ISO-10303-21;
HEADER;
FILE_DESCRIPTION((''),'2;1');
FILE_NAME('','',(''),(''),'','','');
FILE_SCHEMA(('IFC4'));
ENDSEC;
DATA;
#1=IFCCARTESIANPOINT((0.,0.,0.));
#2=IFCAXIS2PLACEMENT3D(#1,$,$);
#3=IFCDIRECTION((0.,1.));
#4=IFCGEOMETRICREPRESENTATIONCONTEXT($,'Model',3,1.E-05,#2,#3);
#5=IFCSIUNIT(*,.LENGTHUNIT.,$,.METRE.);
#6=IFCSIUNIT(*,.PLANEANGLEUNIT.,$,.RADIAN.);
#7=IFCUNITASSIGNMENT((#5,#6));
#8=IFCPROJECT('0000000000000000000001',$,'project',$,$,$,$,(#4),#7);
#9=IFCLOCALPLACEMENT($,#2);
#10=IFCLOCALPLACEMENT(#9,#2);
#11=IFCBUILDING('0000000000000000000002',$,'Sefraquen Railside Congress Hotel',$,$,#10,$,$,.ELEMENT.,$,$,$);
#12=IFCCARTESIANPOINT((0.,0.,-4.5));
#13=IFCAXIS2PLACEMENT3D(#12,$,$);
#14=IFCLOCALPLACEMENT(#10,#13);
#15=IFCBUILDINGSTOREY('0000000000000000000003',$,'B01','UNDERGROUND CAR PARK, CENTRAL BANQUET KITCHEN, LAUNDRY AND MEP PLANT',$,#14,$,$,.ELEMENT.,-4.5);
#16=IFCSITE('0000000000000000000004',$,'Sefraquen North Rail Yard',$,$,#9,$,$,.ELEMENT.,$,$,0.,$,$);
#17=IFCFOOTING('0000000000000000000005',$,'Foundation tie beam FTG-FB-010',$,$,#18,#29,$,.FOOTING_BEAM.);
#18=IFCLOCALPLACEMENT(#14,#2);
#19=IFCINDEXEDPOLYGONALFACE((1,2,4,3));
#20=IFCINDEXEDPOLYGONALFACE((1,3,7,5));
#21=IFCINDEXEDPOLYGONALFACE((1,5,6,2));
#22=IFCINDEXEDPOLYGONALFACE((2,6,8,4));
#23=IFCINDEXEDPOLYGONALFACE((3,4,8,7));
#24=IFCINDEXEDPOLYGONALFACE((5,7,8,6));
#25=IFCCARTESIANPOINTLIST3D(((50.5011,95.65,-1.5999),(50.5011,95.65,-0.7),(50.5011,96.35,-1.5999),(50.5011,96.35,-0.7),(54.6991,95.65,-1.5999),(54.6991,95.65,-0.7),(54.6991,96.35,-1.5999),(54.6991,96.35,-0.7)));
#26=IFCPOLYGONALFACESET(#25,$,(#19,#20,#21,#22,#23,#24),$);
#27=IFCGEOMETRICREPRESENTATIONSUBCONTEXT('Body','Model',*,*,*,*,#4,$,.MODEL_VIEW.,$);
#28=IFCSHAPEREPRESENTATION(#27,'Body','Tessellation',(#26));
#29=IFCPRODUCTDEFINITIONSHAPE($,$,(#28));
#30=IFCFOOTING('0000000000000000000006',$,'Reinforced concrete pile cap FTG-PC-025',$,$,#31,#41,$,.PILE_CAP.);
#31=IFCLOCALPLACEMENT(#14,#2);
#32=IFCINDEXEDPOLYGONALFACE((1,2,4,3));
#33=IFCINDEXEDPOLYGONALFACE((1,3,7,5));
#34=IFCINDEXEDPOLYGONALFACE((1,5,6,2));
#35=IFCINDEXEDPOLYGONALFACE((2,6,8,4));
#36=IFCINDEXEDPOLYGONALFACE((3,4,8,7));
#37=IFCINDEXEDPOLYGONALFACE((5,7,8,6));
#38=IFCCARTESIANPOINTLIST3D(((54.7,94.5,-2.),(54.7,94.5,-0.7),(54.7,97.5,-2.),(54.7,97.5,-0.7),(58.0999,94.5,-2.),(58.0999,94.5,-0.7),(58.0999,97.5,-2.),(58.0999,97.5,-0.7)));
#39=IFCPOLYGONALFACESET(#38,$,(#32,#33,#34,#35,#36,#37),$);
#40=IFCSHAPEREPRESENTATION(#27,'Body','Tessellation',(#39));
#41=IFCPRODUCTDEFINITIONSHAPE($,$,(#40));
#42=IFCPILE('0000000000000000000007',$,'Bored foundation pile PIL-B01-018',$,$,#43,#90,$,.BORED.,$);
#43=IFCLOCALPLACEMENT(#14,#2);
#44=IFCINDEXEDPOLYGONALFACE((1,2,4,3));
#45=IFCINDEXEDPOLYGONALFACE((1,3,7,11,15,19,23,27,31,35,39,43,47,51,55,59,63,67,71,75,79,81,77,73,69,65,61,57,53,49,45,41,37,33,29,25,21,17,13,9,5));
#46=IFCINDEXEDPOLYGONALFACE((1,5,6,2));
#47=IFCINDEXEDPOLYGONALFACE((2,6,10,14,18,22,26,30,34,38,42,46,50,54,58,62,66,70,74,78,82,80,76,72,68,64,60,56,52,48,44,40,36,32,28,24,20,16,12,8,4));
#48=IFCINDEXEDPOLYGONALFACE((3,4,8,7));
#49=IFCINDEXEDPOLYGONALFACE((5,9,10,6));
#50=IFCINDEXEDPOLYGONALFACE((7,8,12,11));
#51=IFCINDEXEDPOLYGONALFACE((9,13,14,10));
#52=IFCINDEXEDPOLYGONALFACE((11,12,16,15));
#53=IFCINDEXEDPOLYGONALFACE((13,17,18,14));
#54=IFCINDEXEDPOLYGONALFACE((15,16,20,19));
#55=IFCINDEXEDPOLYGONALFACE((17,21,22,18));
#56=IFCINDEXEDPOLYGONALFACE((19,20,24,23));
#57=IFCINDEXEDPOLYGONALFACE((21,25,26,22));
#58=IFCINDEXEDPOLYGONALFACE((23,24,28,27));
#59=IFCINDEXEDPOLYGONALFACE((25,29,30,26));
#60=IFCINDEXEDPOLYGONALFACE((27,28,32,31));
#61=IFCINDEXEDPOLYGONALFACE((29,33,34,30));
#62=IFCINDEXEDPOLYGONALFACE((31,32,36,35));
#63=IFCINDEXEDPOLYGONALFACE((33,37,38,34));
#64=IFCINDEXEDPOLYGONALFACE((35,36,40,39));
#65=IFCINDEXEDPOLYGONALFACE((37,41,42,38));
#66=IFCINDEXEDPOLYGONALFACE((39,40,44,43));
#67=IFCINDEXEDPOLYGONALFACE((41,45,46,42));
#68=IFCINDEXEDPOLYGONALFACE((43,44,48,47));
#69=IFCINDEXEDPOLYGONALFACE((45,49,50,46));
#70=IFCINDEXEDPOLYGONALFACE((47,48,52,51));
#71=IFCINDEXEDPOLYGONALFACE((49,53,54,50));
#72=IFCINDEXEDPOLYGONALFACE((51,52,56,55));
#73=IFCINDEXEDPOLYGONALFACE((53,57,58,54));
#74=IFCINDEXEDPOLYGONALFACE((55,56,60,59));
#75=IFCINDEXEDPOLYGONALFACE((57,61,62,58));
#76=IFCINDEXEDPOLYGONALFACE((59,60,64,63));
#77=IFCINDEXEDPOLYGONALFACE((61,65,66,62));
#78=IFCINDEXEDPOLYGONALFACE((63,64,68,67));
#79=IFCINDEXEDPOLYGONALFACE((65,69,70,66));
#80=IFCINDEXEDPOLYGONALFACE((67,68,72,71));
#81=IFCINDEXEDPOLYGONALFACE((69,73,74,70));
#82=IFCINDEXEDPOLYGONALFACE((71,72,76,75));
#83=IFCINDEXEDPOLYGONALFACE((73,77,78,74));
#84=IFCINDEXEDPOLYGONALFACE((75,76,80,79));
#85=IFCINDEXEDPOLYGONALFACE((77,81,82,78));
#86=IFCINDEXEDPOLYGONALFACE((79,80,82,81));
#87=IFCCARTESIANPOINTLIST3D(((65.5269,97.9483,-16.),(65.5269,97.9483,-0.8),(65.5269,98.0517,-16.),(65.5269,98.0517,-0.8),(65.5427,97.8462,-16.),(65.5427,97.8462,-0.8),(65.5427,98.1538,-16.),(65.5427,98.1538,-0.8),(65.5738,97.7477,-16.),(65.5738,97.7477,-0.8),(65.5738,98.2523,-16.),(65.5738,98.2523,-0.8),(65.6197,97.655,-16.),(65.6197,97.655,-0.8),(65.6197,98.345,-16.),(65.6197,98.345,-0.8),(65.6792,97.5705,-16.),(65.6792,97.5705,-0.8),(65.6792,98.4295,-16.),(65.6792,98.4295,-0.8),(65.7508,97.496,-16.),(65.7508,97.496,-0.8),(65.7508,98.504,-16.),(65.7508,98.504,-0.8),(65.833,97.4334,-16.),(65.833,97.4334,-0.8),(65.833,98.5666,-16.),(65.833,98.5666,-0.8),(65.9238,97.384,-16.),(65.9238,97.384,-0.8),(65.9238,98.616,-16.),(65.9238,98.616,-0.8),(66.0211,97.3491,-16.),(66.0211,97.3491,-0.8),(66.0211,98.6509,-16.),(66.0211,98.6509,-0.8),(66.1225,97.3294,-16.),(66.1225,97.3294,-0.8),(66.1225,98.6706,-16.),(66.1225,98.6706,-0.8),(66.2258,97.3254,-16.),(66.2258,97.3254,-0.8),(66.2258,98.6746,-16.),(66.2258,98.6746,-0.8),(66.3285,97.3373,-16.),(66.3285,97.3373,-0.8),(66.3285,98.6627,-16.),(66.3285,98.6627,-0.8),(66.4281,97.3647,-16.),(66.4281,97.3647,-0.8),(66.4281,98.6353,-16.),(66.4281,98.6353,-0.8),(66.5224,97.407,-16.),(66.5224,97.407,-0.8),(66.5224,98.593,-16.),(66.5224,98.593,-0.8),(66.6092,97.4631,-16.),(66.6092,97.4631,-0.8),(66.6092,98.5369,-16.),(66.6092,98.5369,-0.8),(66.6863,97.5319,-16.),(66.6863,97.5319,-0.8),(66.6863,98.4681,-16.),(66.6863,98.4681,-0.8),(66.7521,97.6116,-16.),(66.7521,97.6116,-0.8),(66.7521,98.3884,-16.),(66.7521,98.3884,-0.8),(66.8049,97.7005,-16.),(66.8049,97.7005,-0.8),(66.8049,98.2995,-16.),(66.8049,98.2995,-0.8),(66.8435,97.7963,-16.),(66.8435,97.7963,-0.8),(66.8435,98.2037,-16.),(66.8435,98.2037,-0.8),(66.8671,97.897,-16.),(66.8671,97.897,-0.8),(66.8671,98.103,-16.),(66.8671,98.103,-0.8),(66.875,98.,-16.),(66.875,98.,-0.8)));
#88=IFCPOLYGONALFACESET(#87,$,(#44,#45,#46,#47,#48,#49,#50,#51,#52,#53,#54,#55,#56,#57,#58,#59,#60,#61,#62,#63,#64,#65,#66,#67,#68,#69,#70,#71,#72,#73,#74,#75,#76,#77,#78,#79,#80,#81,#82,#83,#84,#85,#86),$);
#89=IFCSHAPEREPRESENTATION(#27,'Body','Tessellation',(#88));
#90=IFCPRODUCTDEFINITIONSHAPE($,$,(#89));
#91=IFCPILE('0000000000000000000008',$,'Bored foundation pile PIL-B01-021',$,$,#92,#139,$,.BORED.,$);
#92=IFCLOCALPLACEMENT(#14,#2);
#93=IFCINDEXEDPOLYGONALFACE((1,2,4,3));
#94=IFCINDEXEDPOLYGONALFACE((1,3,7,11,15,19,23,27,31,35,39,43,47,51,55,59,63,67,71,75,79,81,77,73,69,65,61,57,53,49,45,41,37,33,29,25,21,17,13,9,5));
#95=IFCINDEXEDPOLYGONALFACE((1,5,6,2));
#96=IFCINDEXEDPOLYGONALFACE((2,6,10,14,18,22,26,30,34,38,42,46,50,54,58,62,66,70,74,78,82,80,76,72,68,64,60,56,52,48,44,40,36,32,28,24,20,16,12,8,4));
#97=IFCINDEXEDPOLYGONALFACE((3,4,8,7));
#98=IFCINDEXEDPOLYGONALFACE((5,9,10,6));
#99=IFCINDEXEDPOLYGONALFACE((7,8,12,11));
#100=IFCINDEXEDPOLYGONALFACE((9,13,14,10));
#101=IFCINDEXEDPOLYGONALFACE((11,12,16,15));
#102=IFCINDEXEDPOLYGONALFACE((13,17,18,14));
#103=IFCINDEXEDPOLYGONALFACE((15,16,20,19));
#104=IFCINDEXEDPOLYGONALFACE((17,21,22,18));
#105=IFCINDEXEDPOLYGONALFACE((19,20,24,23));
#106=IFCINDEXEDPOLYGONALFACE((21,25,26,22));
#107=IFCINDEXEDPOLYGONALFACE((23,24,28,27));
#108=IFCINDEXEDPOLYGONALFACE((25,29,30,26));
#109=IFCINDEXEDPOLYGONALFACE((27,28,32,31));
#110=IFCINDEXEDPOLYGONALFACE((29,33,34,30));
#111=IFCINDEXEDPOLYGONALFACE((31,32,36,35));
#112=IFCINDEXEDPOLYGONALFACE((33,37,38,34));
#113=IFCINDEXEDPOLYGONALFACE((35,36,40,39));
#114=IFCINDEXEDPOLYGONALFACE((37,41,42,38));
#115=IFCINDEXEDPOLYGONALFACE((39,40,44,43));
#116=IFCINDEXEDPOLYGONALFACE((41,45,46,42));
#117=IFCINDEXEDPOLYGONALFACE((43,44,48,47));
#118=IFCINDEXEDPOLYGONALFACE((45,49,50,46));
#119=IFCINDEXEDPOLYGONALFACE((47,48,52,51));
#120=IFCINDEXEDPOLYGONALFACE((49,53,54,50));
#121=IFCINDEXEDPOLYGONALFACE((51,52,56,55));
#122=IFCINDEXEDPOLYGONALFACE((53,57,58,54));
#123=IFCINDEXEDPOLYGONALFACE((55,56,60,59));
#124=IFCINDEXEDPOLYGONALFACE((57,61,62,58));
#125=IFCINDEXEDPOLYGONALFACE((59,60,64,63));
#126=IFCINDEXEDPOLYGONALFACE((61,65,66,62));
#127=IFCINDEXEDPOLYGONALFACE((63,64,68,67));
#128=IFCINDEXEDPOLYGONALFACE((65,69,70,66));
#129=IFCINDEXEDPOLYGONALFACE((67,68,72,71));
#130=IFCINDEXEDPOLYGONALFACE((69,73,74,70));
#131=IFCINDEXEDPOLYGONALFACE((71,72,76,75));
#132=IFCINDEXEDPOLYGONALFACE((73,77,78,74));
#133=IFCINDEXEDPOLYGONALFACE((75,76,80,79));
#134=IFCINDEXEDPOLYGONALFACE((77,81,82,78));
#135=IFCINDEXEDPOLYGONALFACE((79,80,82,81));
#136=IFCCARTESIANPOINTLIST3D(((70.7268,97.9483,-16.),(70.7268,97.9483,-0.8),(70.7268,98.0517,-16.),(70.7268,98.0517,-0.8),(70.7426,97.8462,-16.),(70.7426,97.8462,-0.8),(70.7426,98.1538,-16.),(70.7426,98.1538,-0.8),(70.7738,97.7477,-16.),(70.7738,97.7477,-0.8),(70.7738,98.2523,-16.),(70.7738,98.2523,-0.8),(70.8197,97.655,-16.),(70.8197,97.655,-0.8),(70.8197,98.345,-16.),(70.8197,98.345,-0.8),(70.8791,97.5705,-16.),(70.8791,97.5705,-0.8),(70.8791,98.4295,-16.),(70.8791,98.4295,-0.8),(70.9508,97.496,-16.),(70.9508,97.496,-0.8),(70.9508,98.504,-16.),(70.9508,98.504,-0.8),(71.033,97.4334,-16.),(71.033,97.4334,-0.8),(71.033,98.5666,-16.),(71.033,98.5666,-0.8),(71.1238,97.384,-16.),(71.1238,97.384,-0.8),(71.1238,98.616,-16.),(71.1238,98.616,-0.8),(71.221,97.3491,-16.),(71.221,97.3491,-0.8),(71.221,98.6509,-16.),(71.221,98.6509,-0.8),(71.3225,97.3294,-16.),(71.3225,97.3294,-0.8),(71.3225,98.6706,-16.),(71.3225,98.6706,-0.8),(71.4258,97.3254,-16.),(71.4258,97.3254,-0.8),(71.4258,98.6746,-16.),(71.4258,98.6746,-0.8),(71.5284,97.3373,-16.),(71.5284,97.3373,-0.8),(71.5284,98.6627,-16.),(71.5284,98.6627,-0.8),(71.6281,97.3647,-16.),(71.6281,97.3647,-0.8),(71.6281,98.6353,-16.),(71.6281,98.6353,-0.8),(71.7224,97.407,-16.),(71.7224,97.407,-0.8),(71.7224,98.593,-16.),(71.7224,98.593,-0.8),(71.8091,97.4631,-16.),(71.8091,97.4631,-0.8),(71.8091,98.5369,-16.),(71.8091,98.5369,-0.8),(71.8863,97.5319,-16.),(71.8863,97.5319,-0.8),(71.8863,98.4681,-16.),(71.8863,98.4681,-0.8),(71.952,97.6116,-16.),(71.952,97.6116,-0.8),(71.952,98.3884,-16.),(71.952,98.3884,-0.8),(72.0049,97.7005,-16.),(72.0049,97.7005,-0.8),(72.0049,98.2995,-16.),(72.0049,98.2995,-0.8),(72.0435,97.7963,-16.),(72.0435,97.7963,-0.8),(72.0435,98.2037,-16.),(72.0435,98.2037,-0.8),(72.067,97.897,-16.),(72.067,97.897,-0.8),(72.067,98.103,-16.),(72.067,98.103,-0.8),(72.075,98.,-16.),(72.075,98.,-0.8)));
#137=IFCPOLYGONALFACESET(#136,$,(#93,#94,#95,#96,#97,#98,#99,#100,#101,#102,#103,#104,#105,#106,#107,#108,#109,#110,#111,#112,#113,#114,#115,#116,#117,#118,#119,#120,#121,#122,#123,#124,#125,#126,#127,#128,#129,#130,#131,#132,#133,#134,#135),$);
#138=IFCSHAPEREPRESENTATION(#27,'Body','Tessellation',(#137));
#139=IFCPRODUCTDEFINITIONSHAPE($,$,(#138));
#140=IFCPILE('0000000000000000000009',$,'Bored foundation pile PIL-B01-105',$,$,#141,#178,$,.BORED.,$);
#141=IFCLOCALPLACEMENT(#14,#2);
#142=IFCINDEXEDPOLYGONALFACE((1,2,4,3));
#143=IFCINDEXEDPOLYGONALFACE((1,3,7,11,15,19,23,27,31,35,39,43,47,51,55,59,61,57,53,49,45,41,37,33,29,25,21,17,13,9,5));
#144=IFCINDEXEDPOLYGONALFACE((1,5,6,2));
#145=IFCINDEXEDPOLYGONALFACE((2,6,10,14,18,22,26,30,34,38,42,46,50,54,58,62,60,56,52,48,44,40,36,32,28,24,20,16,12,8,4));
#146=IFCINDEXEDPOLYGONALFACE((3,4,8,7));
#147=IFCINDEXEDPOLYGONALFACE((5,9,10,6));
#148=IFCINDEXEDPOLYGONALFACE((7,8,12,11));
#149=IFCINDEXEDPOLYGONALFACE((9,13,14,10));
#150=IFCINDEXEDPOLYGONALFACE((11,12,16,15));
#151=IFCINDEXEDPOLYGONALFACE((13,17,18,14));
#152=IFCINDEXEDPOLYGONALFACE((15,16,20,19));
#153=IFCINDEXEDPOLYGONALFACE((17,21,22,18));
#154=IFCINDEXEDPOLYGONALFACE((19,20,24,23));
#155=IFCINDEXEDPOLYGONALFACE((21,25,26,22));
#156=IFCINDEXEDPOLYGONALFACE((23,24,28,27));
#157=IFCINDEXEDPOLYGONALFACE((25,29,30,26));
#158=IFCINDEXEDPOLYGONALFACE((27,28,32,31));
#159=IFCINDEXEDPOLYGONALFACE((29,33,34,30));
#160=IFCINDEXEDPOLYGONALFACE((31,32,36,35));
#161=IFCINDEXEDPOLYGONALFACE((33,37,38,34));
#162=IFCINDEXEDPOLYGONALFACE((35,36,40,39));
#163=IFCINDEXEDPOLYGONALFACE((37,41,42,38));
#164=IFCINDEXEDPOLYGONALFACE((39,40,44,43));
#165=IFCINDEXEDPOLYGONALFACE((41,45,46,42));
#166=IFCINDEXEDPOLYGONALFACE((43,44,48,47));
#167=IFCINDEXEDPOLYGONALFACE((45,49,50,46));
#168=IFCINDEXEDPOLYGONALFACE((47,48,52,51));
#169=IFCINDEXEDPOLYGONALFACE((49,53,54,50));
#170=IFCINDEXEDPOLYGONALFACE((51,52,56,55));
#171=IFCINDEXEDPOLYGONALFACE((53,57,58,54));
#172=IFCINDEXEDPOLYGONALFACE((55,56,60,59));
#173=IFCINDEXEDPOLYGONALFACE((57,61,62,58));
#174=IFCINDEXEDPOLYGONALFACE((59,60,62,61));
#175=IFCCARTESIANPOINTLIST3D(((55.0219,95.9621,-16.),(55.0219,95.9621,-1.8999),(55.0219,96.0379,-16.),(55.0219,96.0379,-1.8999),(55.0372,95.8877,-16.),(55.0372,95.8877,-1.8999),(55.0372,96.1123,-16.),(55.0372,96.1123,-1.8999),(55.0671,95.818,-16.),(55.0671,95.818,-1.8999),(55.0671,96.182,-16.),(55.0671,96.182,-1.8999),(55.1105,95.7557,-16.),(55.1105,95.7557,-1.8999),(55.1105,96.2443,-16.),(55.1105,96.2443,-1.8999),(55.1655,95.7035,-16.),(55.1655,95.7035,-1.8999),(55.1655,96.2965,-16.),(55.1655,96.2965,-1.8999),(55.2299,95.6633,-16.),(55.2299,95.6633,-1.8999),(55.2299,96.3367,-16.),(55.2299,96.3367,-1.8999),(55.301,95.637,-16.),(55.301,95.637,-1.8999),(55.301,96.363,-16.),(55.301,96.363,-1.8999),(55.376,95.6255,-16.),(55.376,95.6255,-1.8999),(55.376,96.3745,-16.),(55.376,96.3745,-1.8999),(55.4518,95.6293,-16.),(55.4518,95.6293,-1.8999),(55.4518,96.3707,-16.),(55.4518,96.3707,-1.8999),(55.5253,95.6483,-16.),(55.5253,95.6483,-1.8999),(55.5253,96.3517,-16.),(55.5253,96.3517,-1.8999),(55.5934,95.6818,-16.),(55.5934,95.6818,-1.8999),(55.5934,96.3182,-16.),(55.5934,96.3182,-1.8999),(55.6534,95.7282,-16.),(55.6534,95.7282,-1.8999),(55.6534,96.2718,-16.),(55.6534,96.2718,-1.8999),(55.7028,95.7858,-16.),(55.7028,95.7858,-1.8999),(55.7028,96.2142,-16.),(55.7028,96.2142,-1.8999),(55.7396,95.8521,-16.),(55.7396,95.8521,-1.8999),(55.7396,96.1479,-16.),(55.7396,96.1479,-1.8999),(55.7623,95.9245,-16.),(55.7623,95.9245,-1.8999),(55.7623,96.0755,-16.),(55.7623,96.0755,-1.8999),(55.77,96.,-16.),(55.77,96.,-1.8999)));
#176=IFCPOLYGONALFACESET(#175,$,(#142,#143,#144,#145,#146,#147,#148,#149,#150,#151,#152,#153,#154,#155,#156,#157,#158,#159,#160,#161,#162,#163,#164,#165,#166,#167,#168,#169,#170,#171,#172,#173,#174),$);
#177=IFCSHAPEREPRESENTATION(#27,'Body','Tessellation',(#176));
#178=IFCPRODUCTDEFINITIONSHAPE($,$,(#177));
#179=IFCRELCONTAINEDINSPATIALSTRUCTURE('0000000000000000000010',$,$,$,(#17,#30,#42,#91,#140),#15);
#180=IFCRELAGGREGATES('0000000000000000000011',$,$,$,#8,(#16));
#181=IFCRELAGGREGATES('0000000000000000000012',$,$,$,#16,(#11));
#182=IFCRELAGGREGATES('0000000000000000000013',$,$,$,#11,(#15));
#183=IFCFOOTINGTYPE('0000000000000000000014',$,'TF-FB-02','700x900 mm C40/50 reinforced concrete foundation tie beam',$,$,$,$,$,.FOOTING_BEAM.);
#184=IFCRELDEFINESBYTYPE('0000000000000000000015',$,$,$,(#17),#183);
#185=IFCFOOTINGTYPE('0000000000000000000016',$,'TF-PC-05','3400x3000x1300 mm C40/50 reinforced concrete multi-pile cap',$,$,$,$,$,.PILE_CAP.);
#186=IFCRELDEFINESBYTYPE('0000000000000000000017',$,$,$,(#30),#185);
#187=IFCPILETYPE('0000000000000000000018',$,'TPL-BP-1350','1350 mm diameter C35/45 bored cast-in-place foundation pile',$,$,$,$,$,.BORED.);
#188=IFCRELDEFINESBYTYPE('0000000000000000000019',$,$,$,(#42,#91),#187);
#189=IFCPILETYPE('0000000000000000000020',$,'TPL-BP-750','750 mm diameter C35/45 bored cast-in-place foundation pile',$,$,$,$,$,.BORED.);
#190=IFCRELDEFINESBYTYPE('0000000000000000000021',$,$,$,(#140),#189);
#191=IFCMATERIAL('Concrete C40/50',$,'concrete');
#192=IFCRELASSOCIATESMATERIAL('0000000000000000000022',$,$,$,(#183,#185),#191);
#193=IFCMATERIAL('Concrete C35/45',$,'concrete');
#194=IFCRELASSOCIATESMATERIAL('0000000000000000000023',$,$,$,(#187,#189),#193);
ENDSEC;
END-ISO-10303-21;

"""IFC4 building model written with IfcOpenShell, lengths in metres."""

from ifc_helpers import new_model, si_unit, direction, frame, origin, origin_2d, place, context, subcontext, project, spatial, rectangle, circle, extrude, material, material_profile, profile_set, type_object, element, save


model = new_model("IFC4")

# Units and contexts
model_context = context("Model", 3, precision=1e-05, world=origin(), true_north=direction((0.0, 1.0)))
body_context = subcontext(model_context, "Body", "Model", "MODEL_VIEW")
ifc_project = project(units=[si_unit("LENGTHUNIT", "METRE"), si_unit("PLANEANGLEUNIT", "RADIAN")], contexts=[model_context])

# Site, building, storey
site_placement = place(None, origin())
site = spatial("IfcSite", under=ifc_project, at=site_placement, Name="Sefraquen North Rail Yard", CompositionType="ELEMENT", RefElevation=0.0)
building_placement = place(site_placement, origin())
building = spatial("IfcBuilding", under=site, at=building_placement, Name="Sefraquen Railside Congress Hotel", CompositionType="ELEMENT")
storey_placement = place(building_placement, frame((0.0, 0.0, -4.5)))
storey = spatial("IfcBuildingStorey", under=building, at=storey_placement, Name="B01", Description="UNDERGROUND CAR PARK, CENTRAL BANQUET KITCHEN, LAUNDRY AND MEP PLANT", CompositionType="ELEMENT", Elevation=-4.5)

# Footings
ifc_material_1 = material(Name="Concrete C40/50", Category="concrete")
footing_type_1 = type_object("IfcFootingType", Name="TF-FB-02", Description="700x900 mm C40/50 reinforced concrete foundation tie beam", PredefinedType="FOOTING_BEAM", material=ifc_material_1)
footing_1_placement = place(storey_placement, frame((52.6001, 96.0, -1.5999), z_axis=(0.0, 0.0, 1.0), x_axis=(1.0, 0.0, 0.0)))
element("IfcFooting", 1, at=footing_1_placement, inside=storey, type_object=footing_type_1, Name="Foundation tie beam FTG-FB-010", PredefinedType="FOOTING_BEAM", context=body_context, shape_type="SweptSolid", body=[
    extrude(rectangle(XDim=4.198, YDim=0.7, at=origin_2d()), origin(), (0.0, 0.0, 1.0), 0.8999),
])
footing_type_2 = type_object("IfcFootingType", Name="TF-PC-05", Description="3400x3000x1300 mm C40/50 reinforced concrete multi-pile cap", PredefinedType="PILE_CAP", material=ifc_material_1)
footing_2_placement = place(storey_placement, frame((56.3999, 96.0, -2.0), z_axis=(0.0, 0.0, 1.0), x_axis=(1.0, 0.0, 0.0)))
element("IfcFooting", 2, at=footing_2_placement, inside=storey, type_object=footing_type_2, Name="Reinforced concrete pile cap FTG-PC-025", PredefinedType="PILE_CAP", context=body_context, shape_type="SweptSolid", body=[
    extrude(rectangle(XDim=3.3999, YDim=3.0, at=origin_2d()), origin(), (0.0, 0.0, 1.0), 1.3),
])

# Piles
ifc_material_2 = material(Name="Concrete C35/45", Category="concrete")
ifc_material_profile_1 = material_profile(ifc_material_2, circle(Radius=0.675, at=origin_2d()), Name="BORED PILE 1350")
ifc_profile_set_1 = profile_set([ifc_material_profile_1], Name="Concrete C35/45")
pile_type_1 = type_object("IfcPileType", Name="TPL-BP-1350", Description="1350 mm diameter C35/45 bored cast-in-place foundation pile", PredefinedType="BORED", material=ifc_profile_set_1)
for number, where, z_axis, x_axis, name in (
    (3, (66.2, 98.0, -0.8), (0.0, 0.0, -1.0), (1.0, 0.0, 0.0), "Bored foundation pile PIL-B01-018"),
    (4, (71.3999, 98.0, -0.8), (0.0, 0.0, -1.0), (1.0, 0.0, 0.0), "Bored foundation pile PIL-B01-021"),
):
    element("IfcPile", number, at=place(storey_placement, frame(where, z_axis=z_axis, x_axis=x_axis)), inside=storey, type_object=pile_type_1, Name=name, PredefinedType="BORED", context=body_context, shape_type="SweptSolid", body=[
        extrude(circle(Radius=0.675, at=origin_2d()), origin(), (0.0, 0.0, 1.0), 15.2),
    ])
ifc_material_profile_2 = material_profile(ifc_material_2, circle(Radius=0.375, at=origin_2d()), Name="BORED PILE 750")
ifc_profile_set_2 = profile_set([ifc_material_profile_2], Name="Concrete C35/45")
pile_type_2 = type_object("IfcPileType", Name="TPL-BP-750", Description="750 mm diameter C35/45 bored cast-in-place foundation pile", PredefinedType="BORED", material=ifc_profile_set_2)
for number, where, z_axis, x_axis, name in (
    (5, (55.395, 96.0, -1.8999), (0.0, 0.0, -1.0), (1.0, 0.0, 0.0), "Bored foundation pile PIL-B01-105"),
):
    element("IfcPile", number, at=place(storey_placement, frame(where, z_axis=z_axis, x_axis=x_axis)), inside=storey, type_object=pile_type_2, Name=name, PredefinedType="BORED", context=body_context, shape_type="SweptSolid", body=[
        extrude(circle(Radius=0.375, at=origin_2d()), origin(), (0.0, 0.0, 1.0), 14.1001),
    ])

save(model, "model.ifc")
